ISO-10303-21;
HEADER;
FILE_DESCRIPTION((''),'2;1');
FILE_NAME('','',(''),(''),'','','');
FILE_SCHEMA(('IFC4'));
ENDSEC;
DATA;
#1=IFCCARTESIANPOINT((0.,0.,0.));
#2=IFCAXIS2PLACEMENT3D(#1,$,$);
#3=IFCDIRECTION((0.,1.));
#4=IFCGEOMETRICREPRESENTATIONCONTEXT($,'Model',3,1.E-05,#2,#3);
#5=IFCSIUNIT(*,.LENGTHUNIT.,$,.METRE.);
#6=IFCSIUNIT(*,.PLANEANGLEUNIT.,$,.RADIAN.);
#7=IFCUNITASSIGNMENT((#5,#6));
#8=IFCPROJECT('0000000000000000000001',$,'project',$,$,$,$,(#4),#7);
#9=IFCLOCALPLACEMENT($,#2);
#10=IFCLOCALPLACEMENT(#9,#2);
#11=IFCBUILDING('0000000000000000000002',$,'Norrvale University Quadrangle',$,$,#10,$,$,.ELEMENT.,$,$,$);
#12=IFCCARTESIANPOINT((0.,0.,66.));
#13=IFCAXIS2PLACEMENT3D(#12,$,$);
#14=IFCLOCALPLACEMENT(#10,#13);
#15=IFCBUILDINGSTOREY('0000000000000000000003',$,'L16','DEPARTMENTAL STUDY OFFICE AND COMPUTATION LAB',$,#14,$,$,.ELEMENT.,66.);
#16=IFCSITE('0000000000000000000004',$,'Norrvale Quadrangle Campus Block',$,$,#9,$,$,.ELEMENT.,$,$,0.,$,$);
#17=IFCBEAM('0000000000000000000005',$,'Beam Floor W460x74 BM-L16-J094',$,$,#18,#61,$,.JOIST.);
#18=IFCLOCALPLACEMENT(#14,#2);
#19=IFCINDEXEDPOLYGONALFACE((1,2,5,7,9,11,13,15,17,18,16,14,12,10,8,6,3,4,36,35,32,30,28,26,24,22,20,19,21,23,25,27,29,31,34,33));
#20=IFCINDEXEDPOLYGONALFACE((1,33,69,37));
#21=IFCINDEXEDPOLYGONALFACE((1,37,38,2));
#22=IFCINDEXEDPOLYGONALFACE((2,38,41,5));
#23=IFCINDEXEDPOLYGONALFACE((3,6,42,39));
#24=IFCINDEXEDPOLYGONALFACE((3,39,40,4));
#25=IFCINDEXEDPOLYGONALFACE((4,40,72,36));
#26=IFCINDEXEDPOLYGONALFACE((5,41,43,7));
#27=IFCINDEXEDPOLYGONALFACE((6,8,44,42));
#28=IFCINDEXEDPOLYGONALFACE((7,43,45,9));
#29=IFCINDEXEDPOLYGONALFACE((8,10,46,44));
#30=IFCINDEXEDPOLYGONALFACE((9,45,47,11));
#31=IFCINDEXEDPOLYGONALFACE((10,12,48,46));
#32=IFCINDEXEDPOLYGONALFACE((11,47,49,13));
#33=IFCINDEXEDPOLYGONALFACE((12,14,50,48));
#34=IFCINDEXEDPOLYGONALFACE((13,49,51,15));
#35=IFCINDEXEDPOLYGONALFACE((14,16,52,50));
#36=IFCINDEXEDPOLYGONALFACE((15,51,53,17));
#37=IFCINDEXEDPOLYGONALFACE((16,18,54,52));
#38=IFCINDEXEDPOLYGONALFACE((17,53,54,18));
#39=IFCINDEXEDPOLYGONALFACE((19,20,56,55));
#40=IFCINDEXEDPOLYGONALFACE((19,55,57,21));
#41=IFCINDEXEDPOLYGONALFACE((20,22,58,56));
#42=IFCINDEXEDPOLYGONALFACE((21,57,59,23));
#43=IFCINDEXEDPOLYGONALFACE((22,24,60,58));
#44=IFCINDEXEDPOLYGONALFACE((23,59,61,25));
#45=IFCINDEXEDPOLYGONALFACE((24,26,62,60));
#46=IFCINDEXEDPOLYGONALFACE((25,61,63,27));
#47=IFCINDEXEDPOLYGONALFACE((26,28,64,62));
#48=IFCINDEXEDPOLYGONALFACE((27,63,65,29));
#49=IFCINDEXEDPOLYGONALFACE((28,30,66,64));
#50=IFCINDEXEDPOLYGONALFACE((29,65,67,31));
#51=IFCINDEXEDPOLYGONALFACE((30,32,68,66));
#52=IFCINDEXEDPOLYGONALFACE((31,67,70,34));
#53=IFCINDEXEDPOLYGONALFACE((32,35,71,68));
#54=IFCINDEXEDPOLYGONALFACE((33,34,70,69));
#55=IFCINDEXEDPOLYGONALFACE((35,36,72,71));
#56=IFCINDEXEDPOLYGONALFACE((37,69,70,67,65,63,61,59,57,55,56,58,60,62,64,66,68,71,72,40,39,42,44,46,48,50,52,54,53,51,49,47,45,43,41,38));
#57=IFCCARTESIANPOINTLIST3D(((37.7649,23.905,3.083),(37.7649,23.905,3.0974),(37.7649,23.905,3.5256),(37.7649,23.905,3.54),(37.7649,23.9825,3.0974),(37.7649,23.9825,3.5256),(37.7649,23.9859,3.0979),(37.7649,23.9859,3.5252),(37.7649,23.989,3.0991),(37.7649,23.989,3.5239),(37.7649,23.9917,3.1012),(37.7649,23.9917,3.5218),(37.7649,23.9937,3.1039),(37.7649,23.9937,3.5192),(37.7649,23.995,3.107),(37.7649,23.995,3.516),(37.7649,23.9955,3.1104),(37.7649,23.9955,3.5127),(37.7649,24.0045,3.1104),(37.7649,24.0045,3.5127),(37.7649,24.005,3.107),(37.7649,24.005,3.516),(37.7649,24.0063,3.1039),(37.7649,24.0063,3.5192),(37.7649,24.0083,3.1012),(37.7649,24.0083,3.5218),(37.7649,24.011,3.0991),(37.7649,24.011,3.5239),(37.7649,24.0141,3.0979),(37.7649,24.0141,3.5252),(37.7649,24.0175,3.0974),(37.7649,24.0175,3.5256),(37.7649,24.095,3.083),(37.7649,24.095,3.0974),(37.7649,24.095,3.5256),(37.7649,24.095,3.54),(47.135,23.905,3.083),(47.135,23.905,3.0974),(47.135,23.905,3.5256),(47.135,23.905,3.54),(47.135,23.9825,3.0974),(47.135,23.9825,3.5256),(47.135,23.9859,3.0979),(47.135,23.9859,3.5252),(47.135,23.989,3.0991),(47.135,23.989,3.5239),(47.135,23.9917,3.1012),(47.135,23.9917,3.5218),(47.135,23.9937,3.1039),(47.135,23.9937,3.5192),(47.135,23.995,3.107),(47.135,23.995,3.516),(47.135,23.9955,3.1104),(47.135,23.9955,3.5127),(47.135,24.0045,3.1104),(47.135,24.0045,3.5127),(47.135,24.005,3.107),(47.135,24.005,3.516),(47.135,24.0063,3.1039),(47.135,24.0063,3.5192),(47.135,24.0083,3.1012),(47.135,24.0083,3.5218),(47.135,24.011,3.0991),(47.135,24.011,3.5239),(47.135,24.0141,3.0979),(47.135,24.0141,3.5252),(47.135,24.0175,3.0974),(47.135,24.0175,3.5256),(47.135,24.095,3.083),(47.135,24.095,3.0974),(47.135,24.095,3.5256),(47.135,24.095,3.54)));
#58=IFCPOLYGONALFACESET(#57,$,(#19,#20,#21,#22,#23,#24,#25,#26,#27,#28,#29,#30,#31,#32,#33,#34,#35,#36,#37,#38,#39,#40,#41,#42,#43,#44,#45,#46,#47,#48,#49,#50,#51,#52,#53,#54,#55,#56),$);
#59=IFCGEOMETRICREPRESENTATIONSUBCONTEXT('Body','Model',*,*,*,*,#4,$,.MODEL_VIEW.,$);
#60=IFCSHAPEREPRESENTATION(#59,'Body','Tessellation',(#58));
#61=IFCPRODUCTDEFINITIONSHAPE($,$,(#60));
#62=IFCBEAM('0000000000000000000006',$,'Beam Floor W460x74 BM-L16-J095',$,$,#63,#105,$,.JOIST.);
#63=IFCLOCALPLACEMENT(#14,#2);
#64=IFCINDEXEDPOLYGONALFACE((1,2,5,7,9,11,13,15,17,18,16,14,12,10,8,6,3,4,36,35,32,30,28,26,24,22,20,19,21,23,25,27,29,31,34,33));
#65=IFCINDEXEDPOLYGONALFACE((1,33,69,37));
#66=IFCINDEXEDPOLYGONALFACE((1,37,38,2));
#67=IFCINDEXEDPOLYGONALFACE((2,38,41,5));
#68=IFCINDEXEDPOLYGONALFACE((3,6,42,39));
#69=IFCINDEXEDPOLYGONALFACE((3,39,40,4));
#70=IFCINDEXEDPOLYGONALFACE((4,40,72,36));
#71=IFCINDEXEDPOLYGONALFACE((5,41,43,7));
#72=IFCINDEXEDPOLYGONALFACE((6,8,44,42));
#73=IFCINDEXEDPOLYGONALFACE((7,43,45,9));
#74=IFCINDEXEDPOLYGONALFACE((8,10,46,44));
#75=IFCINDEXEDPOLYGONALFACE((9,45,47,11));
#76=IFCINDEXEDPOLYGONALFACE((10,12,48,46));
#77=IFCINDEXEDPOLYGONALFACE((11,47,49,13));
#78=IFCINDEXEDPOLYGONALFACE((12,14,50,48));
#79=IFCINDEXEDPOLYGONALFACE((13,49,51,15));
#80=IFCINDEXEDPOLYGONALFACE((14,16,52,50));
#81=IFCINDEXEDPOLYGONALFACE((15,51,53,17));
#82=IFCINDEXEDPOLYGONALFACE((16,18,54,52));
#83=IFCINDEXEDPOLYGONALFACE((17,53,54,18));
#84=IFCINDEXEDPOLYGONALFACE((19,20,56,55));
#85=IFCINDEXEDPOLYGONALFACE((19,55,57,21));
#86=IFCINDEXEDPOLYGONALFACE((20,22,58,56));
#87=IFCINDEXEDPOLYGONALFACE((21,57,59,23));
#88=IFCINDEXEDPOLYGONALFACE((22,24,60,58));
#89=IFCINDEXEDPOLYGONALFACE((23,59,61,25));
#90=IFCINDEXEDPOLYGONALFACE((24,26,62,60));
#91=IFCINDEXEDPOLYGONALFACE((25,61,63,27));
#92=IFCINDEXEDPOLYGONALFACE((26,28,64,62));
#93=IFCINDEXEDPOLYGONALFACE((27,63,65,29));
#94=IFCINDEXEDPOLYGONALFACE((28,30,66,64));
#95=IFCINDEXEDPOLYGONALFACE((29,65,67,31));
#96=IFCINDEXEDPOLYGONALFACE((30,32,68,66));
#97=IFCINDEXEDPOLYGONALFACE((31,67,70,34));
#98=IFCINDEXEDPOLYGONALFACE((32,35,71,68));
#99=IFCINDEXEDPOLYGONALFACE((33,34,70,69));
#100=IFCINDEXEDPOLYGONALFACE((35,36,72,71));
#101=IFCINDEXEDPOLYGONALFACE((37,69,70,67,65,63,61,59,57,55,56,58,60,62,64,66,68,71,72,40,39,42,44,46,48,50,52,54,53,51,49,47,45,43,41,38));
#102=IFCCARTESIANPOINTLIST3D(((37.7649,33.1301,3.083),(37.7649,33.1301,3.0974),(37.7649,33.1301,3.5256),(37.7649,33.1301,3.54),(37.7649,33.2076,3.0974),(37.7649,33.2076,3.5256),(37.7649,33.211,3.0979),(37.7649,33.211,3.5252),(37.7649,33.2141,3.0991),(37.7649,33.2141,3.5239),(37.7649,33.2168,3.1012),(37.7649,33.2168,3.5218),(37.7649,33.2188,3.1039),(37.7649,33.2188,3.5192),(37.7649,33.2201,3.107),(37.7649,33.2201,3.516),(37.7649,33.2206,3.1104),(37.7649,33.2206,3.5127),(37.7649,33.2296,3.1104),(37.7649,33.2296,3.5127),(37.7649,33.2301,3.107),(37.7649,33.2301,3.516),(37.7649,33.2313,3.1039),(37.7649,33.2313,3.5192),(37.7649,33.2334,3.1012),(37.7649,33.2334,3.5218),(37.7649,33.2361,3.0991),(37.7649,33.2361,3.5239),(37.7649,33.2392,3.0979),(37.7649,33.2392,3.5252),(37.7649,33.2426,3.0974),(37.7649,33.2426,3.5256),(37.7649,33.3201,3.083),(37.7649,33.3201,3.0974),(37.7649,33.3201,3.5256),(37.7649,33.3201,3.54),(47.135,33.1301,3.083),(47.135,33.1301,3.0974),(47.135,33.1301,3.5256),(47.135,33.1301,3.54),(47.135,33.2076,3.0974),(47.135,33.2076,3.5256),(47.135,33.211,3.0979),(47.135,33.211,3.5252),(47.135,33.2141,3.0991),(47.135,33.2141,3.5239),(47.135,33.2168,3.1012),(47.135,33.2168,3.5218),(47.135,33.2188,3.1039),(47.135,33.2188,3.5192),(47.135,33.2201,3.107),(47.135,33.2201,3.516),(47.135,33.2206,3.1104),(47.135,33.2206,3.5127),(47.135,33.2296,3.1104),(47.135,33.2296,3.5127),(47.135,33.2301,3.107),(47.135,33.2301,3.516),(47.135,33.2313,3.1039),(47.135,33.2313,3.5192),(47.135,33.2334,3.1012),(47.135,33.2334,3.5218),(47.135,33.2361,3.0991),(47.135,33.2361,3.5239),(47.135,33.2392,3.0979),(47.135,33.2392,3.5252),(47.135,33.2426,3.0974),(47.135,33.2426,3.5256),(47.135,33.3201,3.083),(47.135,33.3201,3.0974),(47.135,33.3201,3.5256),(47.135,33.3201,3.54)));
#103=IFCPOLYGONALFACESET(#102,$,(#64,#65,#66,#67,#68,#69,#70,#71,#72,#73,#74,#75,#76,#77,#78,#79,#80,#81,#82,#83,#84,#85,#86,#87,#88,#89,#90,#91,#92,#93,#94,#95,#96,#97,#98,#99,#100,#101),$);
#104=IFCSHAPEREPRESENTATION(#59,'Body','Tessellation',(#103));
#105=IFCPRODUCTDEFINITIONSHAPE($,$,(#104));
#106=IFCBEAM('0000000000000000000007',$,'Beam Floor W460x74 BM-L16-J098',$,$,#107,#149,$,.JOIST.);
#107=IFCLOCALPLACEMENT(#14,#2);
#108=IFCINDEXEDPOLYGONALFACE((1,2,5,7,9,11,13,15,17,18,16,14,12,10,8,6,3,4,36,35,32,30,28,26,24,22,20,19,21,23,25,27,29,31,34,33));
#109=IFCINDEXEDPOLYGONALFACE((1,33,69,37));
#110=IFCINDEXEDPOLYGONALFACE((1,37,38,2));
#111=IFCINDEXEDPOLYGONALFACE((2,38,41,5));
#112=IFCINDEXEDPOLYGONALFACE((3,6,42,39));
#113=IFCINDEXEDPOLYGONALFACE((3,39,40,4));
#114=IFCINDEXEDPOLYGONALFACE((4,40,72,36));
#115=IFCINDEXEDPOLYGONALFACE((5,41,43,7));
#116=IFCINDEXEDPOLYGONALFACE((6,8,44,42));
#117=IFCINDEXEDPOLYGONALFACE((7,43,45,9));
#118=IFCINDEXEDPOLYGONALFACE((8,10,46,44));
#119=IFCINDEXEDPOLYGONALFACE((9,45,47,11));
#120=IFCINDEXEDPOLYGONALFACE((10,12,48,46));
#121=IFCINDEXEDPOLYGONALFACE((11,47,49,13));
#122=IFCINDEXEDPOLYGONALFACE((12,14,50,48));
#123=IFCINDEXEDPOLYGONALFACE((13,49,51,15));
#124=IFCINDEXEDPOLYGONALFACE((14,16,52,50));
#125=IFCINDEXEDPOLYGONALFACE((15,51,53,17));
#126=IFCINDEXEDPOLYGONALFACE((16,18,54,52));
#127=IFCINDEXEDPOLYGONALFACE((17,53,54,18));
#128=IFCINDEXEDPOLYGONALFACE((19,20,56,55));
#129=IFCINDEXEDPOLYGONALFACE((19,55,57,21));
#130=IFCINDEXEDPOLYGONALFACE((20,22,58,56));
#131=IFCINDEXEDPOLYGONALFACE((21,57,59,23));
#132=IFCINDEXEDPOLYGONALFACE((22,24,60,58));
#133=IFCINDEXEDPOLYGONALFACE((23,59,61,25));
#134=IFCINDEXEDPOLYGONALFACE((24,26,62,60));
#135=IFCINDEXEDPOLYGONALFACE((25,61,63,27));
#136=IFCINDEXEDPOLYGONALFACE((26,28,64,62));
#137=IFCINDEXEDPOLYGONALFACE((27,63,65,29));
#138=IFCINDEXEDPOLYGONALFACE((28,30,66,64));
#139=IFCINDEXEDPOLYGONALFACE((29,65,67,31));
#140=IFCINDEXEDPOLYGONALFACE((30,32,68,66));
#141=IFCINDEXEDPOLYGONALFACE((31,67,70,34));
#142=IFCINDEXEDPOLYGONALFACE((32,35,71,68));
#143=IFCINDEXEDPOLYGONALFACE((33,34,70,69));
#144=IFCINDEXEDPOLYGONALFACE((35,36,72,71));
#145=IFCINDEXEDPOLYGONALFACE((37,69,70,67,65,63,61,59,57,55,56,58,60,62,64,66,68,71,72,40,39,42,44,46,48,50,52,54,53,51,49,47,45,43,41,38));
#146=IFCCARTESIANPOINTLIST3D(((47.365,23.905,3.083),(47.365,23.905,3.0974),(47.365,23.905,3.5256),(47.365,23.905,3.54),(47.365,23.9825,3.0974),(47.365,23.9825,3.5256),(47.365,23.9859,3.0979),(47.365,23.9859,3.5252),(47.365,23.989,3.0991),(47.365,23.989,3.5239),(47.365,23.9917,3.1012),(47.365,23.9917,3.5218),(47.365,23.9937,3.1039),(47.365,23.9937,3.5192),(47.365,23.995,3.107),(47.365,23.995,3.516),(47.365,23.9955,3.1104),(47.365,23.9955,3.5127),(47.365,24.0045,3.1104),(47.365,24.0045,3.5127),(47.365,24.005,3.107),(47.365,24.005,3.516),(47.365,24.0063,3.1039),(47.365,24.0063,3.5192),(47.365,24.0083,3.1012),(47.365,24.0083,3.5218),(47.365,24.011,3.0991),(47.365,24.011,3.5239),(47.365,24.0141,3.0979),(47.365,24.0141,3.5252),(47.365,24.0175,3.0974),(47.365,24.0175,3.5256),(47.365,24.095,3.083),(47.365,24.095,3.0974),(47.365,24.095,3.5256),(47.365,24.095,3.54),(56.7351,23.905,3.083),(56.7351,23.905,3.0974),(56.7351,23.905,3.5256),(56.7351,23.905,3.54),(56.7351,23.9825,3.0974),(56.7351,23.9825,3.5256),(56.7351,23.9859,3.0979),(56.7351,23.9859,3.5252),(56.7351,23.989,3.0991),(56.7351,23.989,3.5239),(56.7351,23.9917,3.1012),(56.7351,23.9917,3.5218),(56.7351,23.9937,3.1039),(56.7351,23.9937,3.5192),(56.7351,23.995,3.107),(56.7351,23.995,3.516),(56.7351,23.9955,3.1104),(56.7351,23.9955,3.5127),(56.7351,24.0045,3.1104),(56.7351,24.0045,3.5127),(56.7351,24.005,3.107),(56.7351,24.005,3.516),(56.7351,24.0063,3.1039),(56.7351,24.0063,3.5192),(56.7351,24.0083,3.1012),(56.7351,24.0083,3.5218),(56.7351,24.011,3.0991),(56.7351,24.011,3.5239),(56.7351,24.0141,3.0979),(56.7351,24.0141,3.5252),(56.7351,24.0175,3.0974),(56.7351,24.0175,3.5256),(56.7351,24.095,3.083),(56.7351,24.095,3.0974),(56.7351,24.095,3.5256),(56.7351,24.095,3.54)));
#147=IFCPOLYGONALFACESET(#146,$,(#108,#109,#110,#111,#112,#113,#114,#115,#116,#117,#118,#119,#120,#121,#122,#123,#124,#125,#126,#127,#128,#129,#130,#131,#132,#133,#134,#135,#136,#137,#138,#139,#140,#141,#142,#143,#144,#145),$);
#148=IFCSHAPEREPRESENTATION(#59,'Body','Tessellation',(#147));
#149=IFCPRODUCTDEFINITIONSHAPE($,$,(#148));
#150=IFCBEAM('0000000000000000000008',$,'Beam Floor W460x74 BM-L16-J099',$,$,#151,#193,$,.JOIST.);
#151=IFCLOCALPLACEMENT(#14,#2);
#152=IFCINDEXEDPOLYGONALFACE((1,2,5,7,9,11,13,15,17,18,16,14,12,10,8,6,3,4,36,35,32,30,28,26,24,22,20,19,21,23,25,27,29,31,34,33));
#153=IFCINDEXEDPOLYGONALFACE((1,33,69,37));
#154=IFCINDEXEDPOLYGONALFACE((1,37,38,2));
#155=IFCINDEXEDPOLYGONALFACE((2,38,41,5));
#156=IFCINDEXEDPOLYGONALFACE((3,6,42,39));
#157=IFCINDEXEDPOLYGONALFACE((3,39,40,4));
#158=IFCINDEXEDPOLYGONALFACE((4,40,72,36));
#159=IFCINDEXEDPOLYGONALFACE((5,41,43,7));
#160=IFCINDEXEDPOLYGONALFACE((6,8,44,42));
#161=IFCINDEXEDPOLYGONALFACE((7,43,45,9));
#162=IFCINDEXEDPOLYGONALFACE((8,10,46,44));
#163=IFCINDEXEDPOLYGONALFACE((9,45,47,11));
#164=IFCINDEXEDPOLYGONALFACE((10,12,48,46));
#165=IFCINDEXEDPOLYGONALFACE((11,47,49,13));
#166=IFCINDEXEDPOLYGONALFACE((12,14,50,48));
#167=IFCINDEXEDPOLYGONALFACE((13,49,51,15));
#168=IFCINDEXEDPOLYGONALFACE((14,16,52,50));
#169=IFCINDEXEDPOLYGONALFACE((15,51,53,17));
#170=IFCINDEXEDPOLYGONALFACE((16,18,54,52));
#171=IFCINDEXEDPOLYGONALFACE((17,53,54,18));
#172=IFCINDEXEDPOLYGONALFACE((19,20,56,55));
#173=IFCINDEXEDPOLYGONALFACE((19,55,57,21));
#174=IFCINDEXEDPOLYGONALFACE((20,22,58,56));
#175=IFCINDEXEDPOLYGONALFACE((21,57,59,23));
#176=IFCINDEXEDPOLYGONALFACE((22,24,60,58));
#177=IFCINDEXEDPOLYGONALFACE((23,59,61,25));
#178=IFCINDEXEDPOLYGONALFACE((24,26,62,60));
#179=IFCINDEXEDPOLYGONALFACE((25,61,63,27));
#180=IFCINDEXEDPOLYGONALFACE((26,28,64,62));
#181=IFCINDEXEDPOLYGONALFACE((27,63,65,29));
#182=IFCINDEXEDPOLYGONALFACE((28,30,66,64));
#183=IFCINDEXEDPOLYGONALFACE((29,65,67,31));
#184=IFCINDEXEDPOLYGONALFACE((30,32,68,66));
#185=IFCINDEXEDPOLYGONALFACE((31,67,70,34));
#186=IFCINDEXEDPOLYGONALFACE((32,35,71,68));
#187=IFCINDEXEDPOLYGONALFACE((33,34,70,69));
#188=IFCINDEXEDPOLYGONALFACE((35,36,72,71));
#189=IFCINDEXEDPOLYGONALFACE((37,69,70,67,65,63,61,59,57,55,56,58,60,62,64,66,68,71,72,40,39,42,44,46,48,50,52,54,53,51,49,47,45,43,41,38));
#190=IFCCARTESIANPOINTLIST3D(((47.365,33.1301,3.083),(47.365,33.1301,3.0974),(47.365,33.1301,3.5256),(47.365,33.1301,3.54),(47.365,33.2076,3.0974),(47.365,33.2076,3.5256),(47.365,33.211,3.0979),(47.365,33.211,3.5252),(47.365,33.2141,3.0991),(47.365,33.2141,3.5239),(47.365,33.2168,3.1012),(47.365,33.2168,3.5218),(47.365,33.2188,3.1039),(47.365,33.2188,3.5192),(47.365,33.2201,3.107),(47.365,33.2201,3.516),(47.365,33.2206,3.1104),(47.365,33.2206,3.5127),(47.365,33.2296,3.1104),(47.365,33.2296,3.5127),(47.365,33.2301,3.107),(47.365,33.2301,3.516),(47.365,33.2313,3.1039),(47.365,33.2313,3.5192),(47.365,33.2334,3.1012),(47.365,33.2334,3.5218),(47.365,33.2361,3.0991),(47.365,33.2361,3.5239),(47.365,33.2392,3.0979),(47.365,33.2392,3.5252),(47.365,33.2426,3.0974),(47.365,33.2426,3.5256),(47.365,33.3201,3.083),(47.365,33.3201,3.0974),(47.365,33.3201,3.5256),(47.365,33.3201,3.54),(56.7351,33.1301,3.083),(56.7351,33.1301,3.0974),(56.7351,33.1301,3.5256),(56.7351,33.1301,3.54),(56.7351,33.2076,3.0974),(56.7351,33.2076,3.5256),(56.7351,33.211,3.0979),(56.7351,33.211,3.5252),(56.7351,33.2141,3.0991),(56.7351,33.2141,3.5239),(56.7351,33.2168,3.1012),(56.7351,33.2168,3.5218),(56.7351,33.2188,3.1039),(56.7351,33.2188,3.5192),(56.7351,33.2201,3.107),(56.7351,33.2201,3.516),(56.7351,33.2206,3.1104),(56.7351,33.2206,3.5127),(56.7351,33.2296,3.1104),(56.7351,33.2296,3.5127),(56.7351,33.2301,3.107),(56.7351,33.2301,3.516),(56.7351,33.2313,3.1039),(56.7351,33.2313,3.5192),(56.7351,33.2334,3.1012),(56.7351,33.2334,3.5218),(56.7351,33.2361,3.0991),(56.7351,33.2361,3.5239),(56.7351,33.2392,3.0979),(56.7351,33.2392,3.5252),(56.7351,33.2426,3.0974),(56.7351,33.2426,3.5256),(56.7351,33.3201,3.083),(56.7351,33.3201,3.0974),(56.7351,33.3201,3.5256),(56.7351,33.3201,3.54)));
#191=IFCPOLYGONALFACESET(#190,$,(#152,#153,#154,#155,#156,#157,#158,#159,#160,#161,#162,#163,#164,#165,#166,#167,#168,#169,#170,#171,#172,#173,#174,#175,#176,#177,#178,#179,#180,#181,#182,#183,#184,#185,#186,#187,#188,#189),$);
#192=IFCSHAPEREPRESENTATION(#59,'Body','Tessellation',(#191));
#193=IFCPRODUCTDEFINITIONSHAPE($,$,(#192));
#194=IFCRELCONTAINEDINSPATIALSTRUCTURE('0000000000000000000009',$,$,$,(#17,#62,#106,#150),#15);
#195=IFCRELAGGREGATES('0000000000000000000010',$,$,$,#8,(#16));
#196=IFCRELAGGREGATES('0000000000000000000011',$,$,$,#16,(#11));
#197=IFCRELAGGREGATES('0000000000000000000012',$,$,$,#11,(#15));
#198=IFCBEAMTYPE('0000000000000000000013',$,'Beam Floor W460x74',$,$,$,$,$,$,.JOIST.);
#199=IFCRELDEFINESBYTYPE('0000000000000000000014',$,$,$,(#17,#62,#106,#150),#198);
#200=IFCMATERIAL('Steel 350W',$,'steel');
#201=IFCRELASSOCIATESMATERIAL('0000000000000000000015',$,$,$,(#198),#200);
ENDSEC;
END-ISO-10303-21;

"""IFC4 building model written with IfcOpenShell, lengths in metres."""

from ifc_helpers import new_model, si_unit, direction, frame, origin, origin_2d, place, context, subcontext, project, spatial, i_section, extrude, material, material_profile, profile_set, type_object, element, save


model = new_model("IFC4")

# Units and contexts
model_context = context("Model", 3, precision=1e-05, world=origin(), true_north=direction((0.0, 1.0)))
body_context = subcontext(model_context, "Body", "Model", "MODEL_VIEW")
ifc_project = project(units=[si_unit("LENGTHUNIT", "METRE"), si_unit("PLANEANGLEUNIT", "RADIAN")], contexts=[model_context])

# Site, building, storey
site_placement = place(None, origin())
site = spatial("IfcSite", under=ifc_project, at=site_placement, Name="Norrvale Quadrangle Campus Block", CompositionType="ELEMENT", RefElevation=0.0)
building_placement = place(site_placement, origin())
building = spatial("IfcBuilding", under=site, at=building_placement, Name="Norrvale University Quadrangle", CompositionType="ELEMENT")
storey_placement = place(building_placement, frame((0.0, 0.0, 66.0)))
storey = spatial("IfcBuildingStorey", under=building, at=storey_placement, Name="L16", Description="DEPARTMENTAL STUDY OFFICE AND COMPUTATION LAB", CompositionType="ELEMENT", Elevation=66.0)

# Beams
ifc_material_1 = material(Name="Steel 350W", Category="steel")
ifc_material_profile_1 = material_profile(ifc_material_1, i_section(OverallWidth=0.1899, OverallDepth=0.457, WebThickness=0.009, FlangeThickness=0.0144, FilletRadius=0.0129, at=origin_2d()), Name="Steel 350W")
ifc_profile_set_1 = profile_set([ifc_material_profile_1], Name="Steel 350W")
beam_type_1 = type_object("IfcBeamType", Name="Beam Floor W460x74", PredefinedType="JOIST", material=ifc_profile_set_1)
for number, where, z_axis, x_axis, name in (
    (1, (37.7649, 24.0, 3.3115), (1.0, 0.0, 0.0), (0.0, 1.0, 0.0), "Beam Floor W460x74 BM-L16-J094"),
    (2, (37.7649, 33.2251, 3.3115), (1.0, 0.0, 0.0), (0.0, 1.0, 0.0), "Beam Floor W460x74 BM-L16-J095"),
    (3, (47.365, 24.0, 3.3115), (1.0, 0.0, 0.0), (0.0, 1.0, 0.0), "Beam Floor W460x74 BM-L16-J098"),
    (4, (47.365, 33.2251, 3.3115), (1.0, 0.0, 0.0), (0.0, 1.0, 0.0), "Beam Floor W460x74 BM-L16-J099"),
):
    element("IfcBeam", number, at=place(storey_placement, frame(where, z_axis=z_axis, x_axis=x_axis)), inside=storey, type_object=beam_type_1, Name=name, PredefinedType="JOIST", context=body_context, shape_type="SweptSolid", body=[
        extrude(i_section(OverallWidth=0.1899, OverallDepth=0.457, WebThickness=0.009, FlangeThickness=0.0144, FilletRadius=0.0129, at=origin_2d()), origin(), (0.0, 0.0, 1.0), 9.3701),
    ])

save(model, "model.ifc")
